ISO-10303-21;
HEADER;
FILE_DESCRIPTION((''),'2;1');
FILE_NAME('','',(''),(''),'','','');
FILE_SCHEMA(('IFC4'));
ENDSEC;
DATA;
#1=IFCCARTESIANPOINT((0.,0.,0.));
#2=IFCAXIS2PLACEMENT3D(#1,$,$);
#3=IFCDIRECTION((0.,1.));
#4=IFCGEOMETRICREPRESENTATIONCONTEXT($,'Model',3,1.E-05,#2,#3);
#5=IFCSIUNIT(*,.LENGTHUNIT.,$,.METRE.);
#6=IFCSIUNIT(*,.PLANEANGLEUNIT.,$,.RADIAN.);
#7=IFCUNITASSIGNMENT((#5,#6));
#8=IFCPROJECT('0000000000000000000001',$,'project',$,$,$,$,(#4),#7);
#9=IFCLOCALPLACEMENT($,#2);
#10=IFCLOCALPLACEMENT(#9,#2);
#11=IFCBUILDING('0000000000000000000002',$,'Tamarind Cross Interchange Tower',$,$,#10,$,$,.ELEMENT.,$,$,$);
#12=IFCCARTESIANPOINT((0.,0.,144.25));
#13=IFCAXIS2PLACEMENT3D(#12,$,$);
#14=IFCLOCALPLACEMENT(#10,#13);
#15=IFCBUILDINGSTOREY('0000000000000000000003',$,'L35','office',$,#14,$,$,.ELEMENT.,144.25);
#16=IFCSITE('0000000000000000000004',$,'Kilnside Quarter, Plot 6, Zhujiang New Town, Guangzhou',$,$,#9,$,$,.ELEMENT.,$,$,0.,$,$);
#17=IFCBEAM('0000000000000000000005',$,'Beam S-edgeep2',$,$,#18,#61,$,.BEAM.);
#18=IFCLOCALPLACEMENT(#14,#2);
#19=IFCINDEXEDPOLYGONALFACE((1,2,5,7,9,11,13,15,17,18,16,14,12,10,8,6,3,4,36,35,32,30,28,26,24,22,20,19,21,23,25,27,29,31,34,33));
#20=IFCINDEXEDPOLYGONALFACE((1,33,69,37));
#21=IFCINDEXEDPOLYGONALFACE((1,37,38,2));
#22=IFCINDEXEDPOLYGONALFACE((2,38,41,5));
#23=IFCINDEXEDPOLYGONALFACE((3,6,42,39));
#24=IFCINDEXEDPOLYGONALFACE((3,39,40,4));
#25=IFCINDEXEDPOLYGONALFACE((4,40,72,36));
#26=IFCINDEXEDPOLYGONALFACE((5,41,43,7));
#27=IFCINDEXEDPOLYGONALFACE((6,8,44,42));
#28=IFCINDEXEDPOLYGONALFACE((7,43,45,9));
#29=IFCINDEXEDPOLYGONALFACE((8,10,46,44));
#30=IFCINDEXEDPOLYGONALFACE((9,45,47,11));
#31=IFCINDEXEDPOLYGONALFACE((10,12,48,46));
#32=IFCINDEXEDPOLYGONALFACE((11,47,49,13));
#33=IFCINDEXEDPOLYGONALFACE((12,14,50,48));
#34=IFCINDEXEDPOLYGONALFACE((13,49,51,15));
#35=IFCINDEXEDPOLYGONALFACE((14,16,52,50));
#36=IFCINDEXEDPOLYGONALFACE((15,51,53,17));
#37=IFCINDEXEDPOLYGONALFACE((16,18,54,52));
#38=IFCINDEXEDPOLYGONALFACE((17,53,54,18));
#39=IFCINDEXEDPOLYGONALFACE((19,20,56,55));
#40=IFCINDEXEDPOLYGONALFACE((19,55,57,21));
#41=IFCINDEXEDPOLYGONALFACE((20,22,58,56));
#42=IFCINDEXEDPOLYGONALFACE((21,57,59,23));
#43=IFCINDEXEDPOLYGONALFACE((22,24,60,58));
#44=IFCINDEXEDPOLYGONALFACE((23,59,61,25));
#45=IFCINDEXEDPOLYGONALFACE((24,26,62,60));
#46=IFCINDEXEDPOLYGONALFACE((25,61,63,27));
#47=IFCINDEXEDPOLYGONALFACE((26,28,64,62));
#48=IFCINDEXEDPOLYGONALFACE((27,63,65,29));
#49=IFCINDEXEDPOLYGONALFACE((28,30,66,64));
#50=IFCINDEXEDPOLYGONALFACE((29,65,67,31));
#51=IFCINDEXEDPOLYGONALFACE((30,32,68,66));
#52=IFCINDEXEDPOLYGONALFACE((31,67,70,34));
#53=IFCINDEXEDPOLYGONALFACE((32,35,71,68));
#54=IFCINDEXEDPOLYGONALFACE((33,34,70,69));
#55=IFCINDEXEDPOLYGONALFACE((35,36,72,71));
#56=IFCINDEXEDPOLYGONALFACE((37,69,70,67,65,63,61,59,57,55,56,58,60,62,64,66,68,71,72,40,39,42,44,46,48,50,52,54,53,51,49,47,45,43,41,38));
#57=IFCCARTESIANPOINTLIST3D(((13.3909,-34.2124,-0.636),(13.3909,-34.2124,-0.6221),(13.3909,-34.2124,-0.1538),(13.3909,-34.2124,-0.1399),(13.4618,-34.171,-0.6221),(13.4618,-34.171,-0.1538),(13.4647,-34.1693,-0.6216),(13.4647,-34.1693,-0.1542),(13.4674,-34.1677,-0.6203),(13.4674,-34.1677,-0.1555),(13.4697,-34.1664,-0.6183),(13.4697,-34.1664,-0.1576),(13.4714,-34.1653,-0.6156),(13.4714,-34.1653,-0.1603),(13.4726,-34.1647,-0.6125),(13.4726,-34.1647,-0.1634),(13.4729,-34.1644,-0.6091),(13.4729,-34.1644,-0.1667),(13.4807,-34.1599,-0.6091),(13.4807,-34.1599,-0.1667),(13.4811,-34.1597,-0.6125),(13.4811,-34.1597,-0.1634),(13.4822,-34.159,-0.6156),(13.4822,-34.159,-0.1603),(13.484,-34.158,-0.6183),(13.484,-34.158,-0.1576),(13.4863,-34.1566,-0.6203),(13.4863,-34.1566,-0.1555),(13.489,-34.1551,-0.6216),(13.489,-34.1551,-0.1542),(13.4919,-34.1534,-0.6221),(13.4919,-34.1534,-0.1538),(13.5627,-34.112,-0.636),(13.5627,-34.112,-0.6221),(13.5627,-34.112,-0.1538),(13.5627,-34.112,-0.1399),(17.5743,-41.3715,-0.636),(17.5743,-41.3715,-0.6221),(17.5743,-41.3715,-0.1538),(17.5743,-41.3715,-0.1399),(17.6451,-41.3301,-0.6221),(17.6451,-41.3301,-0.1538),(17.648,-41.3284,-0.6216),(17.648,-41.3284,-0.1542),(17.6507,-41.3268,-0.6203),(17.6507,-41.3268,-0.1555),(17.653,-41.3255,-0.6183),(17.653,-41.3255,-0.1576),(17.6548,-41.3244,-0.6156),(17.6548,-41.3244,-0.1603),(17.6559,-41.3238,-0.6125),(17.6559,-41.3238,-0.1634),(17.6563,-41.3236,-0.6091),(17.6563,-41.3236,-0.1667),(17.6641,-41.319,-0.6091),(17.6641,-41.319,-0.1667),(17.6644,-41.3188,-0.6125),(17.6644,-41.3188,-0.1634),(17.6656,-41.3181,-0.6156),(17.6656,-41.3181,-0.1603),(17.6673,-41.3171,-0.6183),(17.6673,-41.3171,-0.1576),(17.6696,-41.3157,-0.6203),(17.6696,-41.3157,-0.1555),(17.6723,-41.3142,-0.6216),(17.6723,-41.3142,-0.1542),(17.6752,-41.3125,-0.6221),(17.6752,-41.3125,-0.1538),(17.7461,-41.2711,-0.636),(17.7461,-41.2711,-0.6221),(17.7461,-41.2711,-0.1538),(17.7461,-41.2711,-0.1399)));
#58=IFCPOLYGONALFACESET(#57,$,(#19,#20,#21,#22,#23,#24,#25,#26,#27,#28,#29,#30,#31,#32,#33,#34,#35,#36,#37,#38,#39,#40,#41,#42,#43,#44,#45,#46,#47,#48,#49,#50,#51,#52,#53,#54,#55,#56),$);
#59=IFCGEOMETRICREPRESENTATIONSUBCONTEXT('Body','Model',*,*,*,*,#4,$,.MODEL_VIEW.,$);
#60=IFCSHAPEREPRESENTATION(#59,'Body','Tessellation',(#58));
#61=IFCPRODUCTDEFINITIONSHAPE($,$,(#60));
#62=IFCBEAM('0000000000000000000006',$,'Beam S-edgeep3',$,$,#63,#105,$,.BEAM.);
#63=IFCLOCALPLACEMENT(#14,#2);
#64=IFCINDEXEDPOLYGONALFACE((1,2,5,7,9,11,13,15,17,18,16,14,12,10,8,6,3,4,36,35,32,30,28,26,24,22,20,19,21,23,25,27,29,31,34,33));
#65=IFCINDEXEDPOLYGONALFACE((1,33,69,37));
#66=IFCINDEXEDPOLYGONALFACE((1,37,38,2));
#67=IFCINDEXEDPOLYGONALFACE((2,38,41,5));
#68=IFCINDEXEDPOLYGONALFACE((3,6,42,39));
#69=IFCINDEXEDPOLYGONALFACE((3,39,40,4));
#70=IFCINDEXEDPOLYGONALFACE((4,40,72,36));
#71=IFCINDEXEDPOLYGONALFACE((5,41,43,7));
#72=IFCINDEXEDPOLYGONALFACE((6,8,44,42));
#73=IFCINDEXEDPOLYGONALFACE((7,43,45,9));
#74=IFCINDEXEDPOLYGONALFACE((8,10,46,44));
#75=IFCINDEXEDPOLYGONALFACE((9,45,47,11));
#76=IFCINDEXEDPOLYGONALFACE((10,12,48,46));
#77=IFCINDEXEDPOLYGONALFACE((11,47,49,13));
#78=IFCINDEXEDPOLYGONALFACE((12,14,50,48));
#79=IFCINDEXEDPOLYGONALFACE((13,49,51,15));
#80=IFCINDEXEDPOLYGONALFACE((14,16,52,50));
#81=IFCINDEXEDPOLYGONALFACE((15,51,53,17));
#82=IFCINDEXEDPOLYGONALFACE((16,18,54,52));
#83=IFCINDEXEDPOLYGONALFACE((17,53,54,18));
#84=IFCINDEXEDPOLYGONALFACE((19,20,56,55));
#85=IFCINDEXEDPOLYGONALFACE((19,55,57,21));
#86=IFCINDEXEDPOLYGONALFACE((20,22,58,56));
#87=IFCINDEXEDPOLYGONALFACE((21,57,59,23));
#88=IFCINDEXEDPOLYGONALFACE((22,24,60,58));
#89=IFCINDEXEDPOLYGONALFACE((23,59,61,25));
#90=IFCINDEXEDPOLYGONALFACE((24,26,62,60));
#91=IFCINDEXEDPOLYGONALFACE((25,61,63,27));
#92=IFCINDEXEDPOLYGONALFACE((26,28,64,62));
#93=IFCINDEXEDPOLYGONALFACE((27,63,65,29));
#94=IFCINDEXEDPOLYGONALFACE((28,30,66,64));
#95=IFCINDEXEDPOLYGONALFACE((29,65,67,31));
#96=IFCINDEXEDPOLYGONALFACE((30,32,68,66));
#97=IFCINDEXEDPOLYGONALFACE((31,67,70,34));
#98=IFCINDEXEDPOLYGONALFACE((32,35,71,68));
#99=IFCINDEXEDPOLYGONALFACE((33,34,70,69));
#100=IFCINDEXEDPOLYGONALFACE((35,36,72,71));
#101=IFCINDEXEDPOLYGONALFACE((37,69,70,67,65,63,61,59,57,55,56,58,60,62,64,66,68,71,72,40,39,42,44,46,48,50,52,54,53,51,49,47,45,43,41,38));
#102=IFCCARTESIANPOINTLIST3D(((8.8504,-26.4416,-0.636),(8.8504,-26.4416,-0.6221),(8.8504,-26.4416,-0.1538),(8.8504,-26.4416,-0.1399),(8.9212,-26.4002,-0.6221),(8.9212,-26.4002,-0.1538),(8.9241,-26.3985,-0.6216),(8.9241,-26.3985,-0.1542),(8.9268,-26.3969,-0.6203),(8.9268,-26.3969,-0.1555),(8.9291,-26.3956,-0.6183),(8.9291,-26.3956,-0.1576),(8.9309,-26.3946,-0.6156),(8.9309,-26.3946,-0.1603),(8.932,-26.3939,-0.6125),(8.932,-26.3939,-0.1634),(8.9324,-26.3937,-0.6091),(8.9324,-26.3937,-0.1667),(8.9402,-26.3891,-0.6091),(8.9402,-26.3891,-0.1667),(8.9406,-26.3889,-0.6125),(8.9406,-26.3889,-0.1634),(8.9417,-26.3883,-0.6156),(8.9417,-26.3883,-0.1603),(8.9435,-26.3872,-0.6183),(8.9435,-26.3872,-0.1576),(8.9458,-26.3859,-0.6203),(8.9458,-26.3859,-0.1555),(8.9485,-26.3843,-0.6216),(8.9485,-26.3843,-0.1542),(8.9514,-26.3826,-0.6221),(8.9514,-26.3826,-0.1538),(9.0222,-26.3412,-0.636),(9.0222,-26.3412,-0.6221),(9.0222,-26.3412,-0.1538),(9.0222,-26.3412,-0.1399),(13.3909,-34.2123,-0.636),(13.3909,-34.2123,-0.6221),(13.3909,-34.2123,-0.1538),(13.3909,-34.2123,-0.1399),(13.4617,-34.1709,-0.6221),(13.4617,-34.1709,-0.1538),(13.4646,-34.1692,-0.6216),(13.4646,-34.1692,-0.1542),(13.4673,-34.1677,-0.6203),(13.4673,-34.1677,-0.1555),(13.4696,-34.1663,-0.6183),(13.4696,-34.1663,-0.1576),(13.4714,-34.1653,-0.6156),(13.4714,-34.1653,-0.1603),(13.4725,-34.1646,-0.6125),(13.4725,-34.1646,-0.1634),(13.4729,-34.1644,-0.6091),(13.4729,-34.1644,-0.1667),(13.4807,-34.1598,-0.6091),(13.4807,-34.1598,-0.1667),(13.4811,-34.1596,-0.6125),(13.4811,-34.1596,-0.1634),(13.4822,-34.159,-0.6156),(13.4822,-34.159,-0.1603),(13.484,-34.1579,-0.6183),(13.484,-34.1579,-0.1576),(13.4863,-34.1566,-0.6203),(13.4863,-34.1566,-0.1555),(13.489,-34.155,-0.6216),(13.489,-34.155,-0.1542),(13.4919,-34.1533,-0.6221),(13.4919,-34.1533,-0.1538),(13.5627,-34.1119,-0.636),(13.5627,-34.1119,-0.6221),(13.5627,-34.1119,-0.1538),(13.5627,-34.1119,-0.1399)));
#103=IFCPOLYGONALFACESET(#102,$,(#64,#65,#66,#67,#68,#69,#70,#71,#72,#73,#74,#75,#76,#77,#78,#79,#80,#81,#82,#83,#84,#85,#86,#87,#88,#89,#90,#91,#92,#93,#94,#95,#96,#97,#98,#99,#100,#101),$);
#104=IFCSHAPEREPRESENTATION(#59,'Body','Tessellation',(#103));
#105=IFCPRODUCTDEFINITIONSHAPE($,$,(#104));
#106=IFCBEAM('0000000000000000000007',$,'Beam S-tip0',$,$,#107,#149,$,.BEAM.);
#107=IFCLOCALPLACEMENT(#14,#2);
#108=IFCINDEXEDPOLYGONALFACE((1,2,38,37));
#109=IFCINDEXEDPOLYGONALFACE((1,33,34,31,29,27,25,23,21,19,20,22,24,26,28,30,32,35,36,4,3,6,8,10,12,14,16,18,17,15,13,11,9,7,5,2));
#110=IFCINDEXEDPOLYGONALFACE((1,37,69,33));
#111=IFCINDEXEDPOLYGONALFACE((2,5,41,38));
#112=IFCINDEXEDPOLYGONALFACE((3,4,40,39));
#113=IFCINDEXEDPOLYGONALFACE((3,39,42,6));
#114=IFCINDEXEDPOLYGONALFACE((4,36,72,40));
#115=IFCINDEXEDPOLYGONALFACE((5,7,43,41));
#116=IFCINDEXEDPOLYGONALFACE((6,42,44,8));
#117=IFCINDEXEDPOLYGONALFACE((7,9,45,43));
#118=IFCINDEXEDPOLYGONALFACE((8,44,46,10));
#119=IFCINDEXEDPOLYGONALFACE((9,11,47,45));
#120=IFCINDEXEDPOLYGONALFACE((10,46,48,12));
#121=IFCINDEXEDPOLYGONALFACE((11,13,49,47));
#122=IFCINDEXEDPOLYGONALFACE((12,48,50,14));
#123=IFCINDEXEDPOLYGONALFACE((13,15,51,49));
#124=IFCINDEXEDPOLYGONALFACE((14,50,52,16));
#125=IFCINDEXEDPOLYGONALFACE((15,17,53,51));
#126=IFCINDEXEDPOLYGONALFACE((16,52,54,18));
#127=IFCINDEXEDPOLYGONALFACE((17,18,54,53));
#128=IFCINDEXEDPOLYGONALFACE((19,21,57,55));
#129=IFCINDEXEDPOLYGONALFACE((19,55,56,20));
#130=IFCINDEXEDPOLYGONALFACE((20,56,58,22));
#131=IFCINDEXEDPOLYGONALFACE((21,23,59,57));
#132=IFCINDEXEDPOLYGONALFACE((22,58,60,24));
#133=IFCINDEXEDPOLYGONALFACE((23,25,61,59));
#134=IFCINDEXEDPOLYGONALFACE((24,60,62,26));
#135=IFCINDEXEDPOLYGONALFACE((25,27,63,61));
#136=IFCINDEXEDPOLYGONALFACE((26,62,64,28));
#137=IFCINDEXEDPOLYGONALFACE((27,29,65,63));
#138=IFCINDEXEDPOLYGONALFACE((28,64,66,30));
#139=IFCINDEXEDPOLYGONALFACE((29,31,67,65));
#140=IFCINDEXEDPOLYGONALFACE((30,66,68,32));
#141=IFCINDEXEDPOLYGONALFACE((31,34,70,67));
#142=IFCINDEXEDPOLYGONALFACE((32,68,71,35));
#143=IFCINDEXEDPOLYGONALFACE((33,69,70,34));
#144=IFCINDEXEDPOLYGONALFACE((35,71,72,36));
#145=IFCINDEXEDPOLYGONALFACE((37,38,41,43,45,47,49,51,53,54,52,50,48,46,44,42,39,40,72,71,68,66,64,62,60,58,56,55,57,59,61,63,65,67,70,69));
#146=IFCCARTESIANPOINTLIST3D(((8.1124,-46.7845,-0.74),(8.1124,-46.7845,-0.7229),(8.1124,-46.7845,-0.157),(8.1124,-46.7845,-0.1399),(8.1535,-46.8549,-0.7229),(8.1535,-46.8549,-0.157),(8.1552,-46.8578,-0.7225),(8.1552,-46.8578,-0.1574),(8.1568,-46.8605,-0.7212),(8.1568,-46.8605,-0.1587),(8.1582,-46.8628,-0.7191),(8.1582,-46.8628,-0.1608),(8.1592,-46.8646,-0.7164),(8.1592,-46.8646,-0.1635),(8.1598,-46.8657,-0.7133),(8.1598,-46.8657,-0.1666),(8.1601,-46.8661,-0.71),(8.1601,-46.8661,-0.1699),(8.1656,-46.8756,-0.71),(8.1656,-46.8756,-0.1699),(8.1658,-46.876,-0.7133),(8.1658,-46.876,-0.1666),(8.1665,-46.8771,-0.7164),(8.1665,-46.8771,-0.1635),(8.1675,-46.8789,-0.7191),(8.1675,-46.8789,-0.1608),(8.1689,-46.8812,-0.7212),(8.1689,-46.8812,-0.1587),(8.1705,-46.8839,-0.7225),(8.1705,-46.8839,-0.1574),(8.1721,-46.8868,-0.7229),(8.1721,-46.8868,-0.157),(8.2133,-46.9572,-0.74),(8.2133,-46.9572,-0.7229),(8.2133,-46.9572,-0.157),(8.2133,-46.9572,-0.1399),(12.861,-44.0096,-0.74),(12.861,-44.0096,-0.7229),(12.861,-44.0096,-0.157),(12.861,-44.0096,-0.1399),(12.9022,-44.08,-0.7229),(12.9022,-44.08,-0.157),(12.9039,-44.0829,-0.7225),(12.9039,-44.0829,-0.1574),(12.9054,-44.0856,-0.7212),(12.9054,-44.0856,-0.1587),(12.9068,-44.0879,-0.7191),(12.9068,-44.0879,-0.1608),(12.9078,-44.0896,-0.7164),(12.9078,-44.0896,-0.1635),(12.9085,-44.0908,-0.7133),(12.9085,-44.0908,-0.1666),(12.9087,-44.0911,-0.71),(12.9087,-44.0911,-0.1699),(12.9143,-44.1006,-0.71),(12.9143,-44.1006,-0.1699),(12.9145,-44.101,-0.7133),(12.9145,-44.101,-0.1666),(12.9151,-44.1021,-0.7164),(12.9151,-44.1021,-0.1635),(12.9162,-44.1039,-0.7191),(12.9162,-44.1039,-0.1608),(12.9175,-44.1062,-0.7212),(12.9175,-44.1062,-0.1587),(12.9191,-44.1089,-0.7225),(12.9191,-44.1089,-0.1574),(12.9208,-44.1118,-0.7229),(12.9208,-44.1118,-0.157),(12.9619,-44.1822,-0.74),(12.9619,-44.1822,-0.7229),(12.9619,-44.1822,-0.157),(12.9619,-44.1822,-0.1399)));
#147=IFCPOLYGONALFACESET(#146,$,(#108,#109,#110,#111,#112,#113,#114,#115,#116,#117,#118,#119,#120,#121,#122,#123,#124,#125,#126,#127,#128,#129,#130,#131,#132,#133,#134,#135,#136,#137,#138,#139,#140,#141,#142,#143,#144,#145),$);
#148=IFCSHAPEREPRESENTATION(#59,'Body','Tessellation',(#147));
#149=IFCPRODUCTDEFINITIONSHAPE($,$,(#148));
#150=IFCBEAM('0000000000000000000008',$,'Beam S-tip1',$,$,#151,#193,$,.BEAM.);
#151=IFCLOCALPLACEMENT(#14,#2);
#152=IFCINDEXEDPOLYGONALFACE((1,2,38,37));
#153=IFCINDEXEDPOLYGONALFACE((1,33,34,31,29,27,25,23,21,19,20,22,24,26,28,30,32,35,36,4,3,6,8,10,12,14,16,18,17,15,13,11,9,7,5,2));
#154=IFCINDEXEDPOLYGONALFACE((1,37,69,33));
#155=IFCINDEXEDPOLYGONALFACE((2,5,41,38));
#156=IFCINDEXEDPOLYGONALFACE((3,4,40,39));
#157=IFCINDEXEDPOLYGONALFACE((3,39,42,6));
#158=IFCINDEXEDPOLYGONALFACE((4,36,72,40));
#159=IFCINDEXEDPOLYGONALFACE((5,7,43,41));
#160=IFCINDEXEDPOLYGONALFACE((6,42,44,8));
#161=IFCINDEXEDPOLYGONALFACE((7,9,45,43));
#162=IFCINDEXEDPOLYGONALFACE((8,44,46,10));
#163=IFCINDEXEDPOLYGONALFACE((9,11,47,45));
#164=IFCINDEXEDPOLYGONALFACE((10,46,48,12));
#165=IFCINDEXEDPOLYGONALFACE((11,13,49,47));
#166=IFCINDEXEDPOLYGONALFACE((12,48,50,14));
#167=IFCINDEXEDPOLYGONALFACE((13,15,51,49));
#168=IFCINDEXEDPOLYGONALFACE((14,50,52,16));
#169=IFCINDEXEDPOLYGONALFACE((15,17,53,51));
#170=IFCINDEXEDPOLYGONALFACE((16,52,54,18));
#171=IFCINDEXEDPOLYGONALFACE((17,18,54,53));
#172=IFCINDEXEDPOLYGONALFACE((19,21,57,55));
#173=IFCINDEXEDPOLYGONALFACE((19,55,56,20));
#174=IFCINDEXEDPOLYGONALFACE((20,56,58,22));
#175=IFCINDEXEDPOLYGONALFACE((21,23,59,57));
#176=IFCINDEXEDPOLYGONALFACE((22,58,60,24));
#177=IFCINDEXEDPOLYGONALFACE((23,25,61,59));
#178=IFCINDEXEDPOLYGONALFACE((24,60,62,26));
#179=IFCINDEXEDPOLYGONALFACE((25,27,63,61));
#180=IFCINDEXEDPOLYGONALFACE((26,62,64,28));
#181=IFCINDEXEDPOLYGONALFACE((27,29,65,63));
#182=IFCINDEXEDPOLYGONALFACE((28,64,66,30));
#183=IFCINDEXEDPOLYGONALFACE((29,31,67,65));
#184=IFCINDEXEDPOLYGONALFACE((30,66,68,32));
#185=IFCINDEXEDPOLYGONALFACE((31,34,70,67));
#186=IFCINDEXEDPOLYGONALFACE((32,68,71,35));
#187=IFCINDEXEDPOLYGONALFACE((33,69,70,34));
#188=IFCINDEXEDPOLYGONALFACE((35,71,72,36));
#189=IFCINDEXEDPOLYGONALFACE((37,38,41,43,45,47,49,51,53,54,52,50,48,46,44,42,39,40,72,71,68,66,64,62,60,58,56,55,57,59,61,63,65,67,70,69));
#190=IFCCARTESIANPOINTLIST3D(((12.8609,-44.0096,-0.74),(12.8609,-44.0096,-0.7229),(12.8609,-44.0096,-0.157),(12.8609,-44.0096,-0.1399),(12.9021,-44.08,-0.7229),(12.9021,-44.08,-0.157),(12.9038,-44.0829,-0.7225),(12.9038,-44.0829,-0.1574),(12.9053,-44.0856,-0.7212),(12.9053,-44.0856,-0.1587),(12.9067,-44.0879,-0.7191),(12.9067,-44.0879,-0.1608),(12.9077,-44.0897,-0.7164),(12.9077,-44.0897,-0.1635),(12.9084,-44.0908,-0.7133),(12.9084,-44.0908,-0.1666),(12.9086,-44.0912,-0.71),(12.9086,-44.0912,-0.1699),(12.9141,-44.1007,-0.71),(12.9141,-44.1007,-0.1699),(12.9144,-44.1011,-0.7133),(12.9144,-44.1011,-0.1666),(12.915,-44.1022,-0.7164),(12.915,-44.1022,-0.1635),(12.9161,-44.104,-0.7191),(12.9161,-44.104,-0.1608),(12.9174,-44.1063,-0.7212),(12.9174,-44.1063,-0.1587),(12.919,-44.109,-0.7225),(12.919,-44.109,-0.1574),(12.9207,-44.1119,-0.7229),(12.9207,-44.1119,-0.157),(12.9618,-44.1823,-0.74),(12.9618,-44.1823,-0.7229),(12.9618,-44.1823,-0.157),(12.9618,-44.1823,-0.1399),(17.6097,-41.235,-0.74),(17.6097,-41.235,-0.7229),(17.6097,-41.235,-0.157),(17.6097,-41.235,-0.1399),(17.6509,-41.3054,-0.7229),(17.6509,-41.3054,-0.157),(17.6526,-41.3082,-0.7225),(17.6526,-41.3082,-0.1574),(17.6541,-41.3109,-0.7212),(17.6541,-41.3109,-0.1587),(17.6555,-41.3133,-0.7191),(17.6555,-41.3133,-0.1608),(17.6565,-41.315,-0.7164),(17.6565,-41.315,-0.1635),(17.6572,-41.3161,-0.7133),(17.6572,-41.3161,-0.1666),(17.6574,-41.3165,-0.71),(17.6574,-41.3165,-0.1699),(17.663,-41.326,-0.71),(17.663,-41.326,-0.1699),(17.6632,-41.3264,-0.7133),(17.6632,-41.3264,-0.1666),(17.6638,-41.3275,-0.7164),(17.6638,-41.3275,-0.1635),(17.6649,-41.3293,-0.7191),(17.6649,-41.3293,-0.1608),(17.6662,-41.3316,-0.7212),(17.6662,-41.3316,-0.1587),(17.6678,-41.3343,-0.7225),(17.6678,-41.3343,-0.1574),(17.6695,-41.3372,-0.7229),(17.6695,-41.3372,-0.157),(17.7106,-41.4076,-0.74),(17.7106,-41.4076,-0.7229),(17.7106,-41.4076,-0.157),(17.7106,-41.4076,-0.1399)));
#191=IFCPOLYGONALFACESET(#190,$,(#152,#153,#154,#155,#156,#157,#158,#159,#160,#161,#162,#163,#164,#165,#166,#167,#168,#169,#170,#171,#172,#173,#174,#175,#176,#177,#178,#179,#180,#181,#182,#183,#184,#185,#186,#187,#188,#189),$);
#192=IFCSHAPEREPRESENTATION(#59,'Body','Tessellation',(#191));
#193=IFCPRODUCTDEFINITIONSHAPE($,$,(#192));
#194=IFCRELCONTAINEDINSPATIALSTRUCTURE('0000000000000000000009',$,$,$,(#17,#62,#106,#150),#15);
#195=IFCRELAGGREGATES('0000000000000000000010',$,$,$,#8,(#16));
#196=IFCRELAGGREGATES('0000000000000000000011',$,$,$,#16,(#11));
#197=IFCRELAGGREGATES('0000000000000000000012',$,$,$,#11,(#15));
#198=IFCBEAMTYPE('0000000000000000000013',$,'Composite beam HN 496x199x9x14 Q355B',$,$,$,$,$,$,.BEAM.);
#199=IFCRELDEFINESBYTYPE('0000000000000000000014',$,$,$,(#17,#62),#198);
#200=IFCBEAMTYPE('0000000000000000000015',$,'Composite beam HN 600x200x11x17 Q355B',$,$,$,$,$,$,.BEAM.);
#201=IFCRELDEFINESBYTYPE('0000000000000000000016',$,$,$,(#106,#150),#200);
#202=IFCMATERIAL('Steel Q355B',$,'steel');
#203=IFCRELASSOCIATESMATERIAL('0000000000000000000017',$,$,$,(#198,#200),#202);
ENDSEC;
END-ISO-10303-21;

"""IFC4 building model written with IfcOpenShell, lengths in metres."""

from ifc_helpers import new_model, si_unit, direction, frame, origin, origin_2d, place, context, subcontext, project, spatial, i_section, extrude, material, material_profile, profile_set, type_object, element, save


model = new_model("IFC4")

# Units and contexts
model_context = context("Model", 3, precision=1e-05, world=origin(), true_north=direction((0.0, 1.0)))
body_context = subcontext(model_context, "Body", "Model", "MODEL_VIEW")
ifc_project = project(units=[si_unit("LENGTHUNIT", "METRE"), si_unit("PLANEANGLEUNIT", "RADIAN")], contexts=[model_context])

# Site, building, storey
site_placement = place(None, origin())
site = spatial("IfcSite", under=ifc_project, at=site_placement, Name="Kilnside Quarter, Plot 6, Zhujiang New Town, Guangzhou", CompositionType="ELEMENT", RefElevation=0.0)
building_placement = place(site_placement, origin())
building = spatial("IfcBuilding", under=site, at=building_placement, Name="Tamarind Cross Interchange Tower", CompositionType="ELEMENT")
storey_placement = place(building_placement, frame((0.0, 0.0, 144.25)))
storey = spatial("IfcBuildingStorey", under=building, at=storey_placement, Name="L35", Description="office", CompositionType="ELEMENT", Elevation=144.25)

# Beams
ifc_material_1 = material(Name="Steel Q355B", Category="steel")
ifc_material_profile_1 = material_profile(ifc_material_1, i_section(OverallWidth=0.199, OverallDepth=0.4961, WebThickness=0.009, FlangeThickness=0.0139, FilletRadius=0.0129, at=origin_2d()), Name="HN 496x199x9x14")
ifc_profile_set_1 = profile_set([ifc_material_profile_1], Name="Steel Q355B")
beam_type_1 = type_object("IfcBeamType", Name="Composite beam HN 496x199x9x14 Q355B", PredefinedType="BEAM", material=ifc_profile_set_1)
beam_1_placement = place(storey_placement, frame((17.6602, -41.3213, -0.3879), z_axis=(-0.504515, 0.863403, 0.0), x_axis=(-0.863403, -0.504515, 0.0)))
element("IfcBeam", 1, at=beam_1_placement, inside=storey, type_object=beam_type_1, Name="Beam S-edgeep2", PredefinedType="BEAM", context=body_context, shape_type="SweptSolid", body=[
    extrude(i_section(OverallWidth=0.199, OverallDepth=0.4961, WebThickness=0.009, FlangeThickness=0.0139, FilletRadius=0.0129, at=origin_2d()), origin(), (0.0, 0.0, 1.0), 8.2917),
])
beam_2_placement = place(storey_placement, frame((13.4768, -34.1621, -0.3879), z_axis=(-0.5045, 0.863412, 0.0), x_axis=(-0.863412, -0.5045, 0.0)))
element("IfcBeam", 2, at=beam_2_placement, inside=storey, type_object=beam_type_1, Name="Beam S-edgeep3", PredefinedType="BEAM", context=body_context, shape_type="SweptSolid", body=[
    extrude(i_section(OverallWidth=0.199, OverallDepth=0.4961, WebThickness=0.009, FlangeThickness=0.0139, FilletRadius=0.0129, at=origin_2d()), origin(), (0.0, 0.0, 1.0), 9.0),
])
ifc_material_profile_2 = material_profile(ifc_material_1, i_section(OverallWidth=0.2, OverallDepth=0.6001, WebThickness=0.011, FlangeThickness=0.0171, FilletRadius=0.0129, at=origin_2d()), Name="HN 600x200x11x17")
ifc_profile_set_2 = profile_set([ifc_material_profile_2], Name="Steel Q355B")
beam_type_2 = type_object("IfcBeamType", Name="Composite beam HN 600x200x11x17 Q355B", PredefinedType="BEAM", material=ifc_profile_set_2)
for number, where, z_axis, x_axis, name in (
    (3, (8.1628, -46.8708, -0.4399), (0.863389, 0.504539, 0.0), (-0.504539, 0.863389, 0.0), "Beam S-tip0"),
    (4, (12.9114, -44.0959, -0.4399), (0.86342, 0.504486, 0.0), (-0.504486, 0.86342, 0.0), "Beam S-tip1"),
):
    element("IfcBeam", number, at=place(storey_placement, frame(where, z_axis=z_axis, x_axis=x_axis)), inside=storey, type_object=beam_type_2, Name=name, PredefinedType="BEAM", context=body_context, shape_type="SweptSolid", body=[
        extrude(i_section(OverallWidth=0.2, OverallDepth=0.6001, WebThickness=0.011, FlangeThickness=0.0171, FilletRadius=0.0129, at=origin_2d()), origin(), (0.0, 0.0, 1.0), 5.5),
    ])

save(model, "model.ifc")
